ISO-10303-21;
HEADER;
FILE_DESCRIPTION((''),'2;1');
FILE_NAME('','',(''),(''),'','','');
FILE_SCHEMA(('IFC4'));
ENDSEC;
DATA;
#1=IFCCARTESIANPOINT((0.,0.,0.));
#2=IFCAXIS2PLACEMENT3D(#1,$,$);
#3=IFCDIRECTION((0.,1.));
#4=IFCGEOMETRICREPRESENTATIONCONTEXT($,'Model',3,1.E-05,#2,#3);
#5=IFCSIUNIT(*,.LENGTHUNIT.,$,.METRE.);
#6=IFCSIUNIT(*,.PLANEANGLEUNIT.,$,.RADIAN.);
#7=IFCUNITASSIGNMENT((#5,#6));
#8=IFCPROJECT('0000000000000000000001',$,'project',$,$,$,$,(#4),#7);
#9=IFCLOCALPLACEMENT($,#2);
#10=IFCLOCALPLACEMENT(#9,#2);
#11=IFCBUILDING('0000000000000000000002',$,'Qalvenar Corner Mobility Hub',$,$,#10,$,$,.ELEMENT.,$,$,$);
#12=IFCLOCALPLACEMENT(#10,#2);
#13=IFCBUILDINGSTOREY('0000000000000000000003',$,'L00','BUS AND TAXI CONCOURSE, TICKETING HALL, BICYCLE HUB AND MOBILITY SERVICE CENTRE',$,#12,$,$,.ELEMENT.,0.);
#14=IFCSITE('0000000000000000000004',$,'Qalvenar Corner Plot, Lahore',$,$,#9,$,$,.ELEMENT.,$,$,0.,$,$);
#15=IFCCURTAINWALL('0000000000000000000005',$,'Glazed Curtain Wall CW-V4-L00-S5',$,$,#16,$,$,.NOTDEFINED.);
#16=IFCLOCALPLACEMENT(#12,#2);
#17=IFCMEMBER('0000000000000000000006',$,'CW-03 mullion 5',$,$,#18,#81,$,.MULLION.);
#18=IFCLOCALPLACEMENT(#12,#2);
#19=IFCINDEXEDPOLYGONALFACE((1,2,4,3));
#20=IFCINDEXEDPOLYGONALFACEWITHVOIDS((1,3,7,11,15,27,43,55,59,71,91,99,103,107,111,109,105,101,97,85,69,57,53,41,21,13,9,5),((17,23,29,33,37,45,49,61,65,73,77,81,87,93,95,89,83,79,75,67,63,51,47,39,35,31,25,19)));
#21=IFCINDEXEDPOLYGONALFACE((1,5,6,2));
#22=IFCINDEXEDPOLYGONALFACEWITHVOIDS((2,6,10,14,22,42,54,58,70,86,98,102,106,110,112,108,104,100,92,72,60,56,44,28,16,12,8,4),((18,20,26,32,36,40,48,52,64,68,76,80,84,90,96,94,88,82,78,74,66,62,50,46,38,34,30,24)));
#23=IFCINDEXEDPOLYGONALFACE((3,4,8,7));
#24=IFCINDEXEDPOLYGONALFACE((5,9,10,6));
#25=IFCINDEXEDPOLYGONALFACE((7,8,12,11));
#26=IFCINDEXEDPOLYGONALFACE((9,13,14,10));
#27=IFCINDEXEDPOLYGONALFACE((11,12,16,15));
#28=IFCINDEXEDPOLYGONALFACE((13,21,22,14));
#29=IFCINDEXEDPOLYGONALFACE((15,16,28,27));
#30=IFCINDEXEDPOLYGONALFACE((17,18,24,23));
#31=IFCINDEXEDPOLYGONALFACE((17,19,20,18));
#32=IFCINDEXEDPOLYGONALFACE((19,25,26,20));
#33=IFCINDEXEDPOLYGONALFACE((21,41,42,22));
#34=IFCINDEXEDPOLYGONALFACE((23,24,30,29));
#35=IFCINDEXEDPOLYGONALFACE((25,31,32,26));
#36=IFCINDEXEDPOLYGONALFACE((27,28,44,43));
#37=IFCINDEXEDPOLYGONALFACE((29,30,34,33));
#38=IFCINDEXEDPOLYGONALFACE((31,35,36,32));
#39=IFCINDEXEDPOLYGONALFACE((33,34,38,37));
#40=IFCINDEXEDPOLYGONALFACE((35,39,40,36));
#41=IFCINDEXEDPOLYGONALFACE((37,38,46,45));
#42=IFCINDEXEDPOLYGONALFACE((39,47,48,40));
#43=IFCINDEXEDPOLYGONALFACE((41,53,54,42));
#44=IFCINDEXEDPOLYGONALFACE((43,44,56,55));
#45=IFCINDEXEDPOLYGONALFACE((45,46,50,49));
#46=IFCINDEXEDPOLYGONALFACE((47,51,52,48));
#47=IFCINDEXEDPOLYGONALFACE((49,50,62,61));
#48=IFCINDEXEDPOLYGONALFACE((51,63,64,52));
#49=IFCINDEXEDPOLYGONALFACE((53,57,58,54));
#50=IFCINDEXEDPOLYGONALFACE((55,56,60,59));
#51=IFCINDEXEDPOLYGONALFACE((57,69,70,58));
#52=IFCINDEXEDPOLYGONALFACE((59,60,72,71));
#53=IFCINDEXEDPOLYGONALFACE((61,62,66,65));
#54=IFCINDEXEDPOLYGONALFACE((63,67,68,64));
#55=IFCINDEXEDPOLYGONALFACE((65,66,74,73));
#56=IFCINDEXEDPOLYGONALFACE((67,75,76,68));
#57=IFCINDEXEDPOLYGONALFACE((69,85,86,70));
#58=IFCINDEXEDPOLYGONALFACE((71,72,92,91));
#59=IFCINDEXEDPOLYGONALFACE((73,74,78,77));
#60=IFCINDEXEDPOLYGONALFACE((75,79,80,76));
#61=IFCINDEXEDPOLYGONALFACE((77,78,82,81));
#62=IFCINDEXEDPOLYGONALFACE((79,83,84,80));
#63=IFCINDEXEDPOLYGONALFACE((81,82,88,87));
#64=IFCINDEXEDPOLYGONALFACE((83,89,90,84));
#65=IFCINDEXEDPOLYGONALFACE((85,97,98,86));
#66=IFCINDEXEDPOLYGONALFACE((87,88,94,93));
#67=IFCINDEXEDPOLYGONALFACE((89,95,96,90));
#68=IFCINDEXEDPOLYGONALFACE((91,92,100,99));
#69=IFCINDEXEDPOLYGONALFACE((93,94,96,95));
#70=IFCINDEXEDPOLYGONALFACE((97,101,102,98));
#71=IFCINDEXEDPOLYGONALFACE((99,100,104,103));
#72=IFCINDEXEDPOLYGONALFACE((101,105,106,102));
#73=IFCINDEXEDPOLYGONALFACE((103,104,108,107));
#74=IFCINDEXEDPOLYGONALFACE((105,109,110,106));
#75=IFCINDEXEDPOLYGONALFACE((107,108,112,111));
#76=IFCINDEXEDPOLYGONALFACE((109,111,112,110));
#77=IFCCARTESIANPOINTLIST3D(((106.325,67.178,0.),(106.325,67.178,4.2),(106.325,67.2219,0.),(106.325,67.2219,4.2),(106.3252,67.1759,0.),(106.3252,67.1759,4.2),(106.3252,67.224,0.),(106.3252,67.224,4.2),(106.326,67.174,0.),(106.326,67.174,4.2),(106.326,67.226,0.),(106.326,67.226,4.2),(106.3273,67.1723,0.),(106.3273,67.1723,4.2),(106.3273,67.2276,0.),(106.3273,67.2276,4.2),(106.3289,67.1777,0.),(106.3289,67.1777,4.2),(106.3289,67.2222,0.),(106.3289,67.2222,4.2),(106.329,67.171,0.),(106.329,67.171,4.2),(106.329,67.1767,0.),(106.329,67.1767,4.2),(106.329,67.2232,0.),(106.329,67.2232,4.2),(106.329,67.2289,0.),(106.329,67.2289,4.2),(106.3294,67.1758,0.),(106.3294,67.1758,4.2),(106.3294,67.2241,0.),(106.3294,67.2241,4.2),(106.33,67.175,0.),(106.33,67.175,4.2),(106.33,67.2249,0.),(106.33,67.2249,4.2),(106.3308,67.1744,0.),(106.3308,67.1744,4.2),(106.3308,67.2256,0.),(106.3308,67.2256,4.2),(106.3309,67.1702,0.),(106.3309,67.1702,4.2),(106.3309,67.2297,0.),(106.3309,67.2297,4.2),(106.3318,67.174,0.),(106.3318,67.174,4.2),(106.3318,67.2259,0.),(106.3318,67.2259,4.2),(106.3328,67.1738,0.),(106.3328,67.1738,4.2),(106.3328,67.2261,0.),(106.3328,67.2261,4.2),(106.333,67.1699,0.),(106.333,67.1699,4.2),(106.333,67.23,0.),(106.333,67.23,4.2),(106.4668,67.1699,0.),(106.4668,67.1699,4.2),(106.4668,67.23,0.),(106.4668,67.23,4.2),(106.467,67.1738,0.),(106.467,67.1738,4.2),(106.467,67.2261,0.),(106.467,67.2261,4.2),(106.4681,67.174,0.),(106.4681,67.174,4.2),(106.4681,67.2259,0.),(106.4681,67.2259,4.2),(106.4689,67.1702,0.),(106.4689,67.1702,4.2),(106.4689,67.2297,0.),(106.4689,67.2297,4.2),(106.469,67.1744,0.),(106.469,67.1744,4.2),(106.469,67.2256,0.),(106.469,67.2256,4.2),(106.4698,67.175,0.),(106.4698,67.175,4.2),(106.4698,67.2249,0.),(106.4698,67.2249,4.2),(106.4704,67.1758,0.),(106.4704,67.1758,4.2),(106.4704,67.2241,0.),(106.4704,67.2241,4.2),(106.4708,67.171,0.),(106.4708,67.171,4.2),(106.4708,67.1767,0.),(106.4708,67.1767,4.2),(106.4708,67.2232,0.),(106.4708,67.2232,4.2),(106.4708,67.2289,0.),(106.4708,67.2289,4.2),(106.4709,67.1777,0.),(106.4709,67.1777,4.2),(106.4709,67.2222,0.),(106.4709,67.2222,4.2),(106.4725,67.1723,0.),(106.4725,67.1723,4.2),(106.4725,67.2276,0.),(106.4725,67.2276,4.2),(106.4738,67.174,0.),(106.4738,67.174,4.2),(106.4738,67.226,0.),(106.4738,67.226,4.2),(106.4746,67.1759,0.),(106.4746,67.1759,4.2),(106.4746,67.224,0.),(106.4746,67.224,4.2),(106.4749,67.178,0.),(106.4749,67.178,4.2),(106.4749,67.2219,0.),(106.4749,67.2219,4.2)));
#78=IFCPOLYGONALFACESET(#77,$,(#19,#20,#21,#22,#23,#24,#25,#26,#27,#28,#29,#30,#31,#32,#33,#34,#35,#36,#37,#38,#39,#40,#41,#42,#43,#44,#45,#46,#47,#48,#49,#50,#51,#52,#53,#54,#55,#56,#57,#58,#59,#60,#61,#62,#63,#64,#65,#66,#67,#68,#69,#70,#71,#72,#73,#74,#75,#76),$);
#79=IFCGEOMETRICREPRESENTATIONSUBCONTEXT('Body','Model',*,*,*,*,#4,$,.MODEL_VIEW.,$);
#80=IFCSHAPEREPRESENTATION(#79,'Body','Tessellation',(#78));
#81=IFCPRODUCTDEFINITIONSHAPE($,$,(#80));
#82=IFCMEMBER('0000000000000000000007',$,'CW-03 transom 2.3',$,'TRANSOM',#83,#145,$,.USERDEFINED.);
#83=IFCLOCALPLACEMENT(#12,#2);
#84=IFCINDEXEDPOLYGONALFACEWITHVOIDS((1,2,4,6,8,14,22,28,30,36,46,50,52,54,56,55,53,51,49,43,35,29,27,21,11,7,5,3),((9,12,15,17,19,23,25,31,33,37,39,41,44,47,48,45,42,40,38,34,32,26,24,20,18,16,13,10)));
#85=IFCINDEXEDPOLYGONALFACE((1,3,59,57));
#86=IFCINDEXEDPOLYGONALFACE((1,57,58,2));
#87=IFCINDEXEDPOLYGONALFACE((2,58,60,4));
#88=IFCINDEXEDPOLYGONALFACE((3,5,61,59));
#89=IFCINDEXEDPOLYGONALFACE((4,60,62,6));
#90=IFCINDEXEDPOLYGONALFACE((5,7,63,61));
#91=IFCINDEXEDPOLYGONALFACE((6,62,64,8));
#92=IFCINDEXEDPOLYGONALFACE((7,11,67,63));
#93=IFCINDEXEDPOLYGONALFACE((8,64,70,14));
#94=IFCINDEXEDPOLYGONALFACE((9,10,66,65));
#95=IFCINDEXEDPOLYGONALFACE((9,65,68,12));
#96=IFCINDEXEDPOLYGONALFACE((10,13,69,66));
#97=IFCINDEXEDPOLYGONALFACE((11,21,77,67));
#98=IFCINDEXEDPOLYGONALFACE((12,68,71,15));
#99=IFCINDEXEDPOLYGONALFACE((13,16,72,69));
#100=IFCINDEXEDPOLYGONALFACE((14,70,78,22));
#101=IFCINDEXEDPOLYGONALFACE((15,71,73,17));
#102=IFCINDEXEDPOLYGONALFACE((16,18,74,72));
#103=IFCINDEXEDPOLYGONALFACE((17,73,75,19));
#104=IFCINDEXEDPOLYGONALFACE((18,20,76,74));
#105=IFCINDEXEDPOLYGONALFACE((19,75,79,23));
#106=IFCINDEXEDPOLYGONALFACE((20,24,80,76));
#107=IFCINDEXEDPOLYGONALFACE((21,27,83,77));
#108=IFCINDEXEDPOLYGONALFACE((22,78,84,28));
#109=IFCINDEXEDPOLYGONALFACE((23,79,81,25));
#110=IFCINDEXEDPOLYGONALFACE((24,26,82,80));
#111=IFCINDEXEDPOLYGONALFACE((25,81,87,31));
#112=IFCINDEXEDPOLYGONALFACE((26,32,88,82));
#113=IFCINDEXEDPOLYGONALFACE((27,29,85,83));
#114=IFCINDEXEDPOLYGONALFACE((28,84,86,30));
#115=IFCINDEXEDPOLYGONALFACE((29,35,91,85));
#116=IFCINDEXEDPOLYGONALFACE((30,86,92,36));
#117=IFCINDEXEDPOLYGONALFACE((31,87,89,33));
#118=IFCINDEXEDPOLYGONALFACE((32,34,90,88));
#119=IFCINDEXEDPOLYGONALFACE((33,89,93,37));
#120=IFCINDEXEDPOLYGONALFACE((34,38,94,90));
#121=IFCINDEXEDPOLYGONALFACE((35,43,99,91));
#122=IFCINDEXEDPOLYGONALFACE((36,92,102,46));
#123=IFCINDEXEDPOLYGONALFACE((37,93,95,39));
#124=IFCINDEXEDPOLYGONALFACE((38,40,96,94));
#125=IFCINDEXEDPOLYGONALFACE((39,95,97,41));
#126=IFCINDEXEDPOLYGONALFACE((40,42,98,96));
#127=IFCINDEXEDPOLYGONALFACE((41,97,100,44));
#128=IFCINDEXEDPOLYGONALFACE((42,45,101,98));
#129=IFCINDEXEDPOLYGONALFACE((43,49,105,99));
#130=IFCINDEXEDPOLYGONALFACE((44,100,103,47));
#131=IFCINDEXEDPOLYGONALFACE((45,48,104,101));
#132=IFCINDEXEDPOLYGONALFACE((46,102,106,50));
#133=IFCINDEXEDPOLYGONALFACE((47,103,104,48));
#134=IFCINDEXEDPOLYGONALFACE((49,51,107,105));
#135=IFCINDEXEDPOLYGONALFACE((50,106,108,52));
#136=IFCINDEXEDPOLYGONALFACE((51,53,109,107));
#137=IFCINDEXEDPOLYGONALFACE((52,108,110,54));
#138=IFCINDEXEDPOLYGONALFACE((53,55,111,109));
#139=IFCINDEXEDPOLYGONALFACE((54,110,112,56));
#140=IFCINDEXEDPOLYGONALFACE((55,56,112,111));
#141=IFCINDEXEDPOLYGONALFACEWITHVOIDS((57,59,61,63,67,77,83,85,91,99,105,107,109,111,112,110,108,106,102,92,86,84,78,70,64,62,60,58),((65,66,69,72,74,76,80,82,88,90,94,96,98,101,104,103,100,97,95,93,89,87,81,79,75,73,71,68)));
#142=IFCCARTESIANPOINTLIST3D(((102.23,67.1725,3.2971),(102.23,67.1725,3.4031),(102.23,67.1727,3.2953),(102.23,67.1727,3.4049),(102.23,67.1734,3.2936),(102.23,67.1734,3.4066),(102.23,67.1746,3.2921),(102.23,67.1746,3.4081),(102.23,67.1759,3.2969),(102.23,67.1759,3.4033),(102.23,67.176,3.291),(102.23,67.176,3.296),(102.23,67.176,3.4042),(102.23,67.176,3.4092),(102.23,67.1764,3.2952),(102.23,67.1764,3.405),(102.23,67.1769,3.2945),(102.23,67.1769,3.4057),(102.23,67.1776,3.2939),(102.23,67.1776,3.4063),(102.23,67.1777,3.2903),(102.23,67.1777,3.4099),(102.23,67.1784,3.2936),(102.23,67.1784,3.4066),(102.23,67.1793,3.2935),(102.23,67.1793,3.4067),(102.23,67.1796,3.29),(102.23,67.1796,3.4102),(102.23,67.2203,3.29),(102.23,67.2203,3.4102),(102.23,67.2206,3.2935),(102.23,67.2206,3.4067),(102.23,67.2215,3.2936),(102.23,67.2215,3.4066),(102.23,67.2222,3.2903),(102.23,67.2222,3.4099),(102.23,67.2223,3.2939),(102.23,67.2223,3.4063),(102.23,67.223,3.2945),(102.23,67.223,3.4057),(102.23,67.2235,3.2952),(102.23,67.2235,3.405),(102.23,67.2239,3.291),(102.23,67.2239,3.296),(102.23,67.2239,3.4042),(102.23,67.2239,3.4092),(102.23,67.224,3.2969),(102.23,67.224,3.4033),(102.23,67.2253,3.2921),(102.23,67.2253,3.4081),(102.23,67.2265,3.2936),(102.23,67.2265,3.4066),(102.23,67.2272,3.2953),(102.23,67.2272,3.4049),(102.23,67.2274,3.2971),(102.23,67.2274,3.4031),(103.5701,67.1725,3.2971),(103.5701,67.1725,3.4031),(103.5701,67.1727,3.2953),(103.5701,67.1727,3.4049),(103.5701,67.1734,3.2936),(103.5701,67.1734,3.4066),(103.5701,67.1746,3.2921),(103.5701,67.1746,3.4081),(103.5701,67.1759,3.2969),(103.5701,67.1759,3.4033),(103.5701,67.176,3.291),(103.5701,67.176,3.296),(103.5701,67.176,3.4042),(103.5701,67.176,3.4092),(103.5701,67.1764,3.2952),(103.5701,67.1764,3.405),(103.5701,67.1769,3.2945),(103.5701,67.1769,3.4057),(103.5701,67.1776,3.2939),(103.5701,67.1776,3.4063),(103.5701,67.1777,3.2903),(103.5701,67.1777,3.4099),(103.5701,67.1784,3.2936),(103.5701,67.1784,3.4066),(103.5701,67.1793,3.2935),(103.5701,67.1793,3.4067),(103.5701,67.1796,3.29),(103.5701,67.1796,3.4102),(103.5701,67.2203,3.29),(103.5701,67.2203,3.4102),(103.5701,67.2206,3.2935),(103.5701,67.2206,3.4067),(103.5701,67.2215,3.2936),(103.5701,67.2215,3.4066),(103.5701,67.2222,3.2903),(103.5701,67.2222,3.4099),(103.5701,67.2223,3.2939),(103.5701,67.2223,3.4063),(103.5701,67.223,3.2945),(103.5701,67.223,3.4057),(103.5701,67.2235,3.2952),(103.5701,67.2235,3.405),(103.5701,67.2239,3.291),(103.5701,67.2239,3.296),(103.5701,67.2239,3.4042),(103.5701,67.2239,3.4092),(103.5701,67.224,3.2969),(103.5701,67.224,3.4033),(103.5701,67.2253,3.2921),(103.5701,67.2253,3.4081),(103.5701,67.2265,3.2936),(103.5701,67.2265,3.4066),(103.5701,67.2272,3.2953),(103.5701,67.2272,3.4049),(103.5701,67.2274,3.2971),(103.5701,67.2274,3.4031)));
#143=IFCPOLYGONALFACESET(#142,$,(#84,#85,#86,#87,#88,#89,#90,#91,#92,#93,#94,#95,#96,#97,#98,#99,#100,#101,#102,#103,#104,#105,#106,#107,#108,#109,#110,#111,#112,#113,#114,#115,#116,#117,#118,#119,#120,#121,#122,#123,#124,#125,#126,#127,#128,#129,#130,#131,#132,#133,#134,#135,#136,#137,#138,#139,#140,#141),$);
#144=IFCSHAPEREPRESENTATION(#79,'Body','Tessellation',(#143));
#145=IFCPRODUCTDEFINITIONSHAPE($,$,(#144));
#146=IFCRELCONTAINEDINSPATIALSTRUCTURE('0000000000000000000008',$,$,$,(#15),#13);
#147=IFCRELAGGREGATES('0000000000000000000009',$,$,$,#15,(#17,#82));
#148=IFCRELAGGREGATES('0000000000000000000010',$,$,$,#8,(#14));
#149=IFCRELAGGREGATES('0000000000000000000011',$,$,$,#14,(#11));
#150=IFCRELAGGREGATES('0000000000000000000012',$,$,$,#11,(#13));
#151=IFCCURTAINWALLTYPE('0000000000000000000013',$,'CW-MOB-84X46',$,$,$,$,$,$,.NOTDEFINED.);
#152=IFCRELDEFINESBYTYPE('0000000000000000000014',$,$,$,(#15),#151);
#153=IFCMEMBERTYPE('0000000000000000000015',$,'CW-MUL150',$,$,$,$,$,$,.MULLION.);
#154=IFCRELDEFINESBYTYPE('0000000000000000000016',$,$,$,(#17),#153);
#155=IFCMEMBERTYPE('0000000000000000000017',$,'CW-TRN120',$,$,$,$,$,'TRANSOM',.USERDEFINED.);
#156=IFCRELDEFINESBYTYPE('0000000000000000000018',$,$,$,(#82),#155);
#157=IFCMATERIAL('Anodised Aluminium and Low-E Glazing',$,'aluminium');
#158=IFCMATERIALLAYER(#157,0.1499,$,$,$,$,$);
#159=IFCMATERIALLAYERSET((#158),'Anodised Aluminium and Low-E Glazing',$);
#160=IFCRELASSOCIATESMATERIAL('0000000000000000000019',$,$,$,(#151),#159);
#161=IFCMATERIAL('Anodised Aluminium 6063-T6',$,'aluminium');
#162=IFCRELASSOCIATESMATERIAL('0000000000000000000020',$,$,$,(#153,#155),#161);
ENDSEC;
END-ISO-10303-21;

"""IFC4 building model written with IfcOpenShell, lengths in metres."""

from ifc_helpers import new_model, si_unit, direction, frame, origin, origin_2d, place, context, subcontext, project, spatial, hollow_rectangle, extrude, material, layer, layer_set, material_profile, profile_set, type_object, element, aggregate, save


model = new_model("IFC4")

# Units and contexts
model_context = context("Model", 3, precision=1e-05, world=origin(), true_north=direction((0.0, 1.0)))
body_context = subcontext(model_context, "Body", "Model", "MODEL_VIEW")
ifc_project = project(units=[si_unit("LENGTHUNIT", "METRE"), si_unit("PLANEANGLEUNIT", "RADIAN")], contexts=[model_context])

# Site, building, storey
site_placement = place(None, origin())
site = spatial("IfcSite", under=ifc_project, at=site_placement, Name="Qalvenar Corner Plot, Lahore", CompositionType="ELEMENT", RefElevation=0.0)
building_placement = place(site_placement, origin())
building = spatial("IfcBuilding", under=site, at=building_placement, Name="Qalvenar Corner Mobility Hub", CompositionType="ELEMENT")
storey_placement = place(building_placement, origin())
storey = spatial("IfcBuildingStorey", under=building, at=storey_placement, Name="L00", Description="BUS AND TAXI CONCOURSE, TICKETING HALL, BICYCLE HUB AND MOBILITY SERVICE CENTRE", CompositionType="ELEMENT", Elevation=0.0)

# Curtain wall, members
ifc_material_1 = material(Name="Anodised Aluminium and Low-E Glazing", Category="aluminium")
ifc_layer_1 = layer(ifc_material_1, 0.1499)
ifc_layer_set_1 = layer_set([ifc_layer_1], Name="Anodised Aluminium and Low-E Glazing")
curtain_wall_type = type_object("IfcCurtainWallType", Name="CW-MOB-84X46", PredefinedType="NOTDEFINED", material=ifc_layer_set_1)
curtain_wall_placement = place(storey_placement, origin())
curtain_wall = element("IfcCurtainWall", 1, at=curtain_wall_placement, inside=storey, type_object=curtain_wall_type, Name="Glazed Curtain Wall CW-V4-L00-S5", PredefinedType="NOTDEFINED")
ifc_material_2 = material(Name="Anodised Aluminium 6063-T6", Category="aluminium")
ifc_material_profile_1 = material_profile(ifc_material_2, hollow_rectangle(XDim=0.0601, YDim=0.1499, WallThickness=0.0039, InnerFilletRadius=0.0039, OuterFilletRadius=0.0081, at=origin_2d()), Name="RHS150x60x4")
ifc_profile_set_1 = profile_set([ifc_material_profile_1], Name="Anodised Aluminium 6063-T6")
member_type_1 = type_object("IfcMemberType", Name="CW-MUL150", PredefinedType="MULLION", material=ifc_profile_set_1)
member_1_placement = place(storey_placement, frame((106.3999, 67.2, 0.0), z_axis=(0.0, 0.0, 1.0), x_axis=(0.0, 1.0, 0.0)))
member_1 = element("IfcMember", 2, at=member_1_placement, type_object=member_type_1, Name="CW-03 mullion 5", PredefinedType="MULLION", context=body_context, shape_type="SweptSolid", body=[
    extrude(hollow_rectangle(XDim=0.0601, YDim=0.1499, WallThickness=0.0039, InnerFilletRadius=0.0039, OuterFilletRadius=0.0081, at=origin_2d()), origin(), (0.0, 0.0, 1.0), 4.2),
])
ifc_material_profile_2 = material_profile(ifc_material_2, hollow_rectangle(XDim=0.0549, YDim=0.1201, WallThickness=0.0034, InnerFilletRadius=0.0034, OuterFilletRadius=0.0071, at=origin_2d()), Name="RHS120x55x3.5")
ifc_profile_set_2 = profile_set([ifc_material_profile_2], Name="Anodised Aluminium 6063-T6")
member_type_2 = type_object("IfcMemberType", Name="CW-TRN120", ElementType="TRANSOM", PredefinedType="USERDEFINED", material=ifc_profile_set_2)
member_2_placement = place(storey_placement, frame((102.23, 67.2, 3.3501), z_axis=(1.0, 0.0, 0.0), x_axis=(0.0, 1.0, 0.0)))
member_2 = element("IfcMember", 3, at=member_2_placement, type_object=member_type_2, Name="CW-03 transom 2.3", ObjectType="TRANSOM", PredefinedType="USERDEFINED", context=body_context, shape_type="SweptSolid", body=[
    extrude(hollow_rectangle(XDim=0.0549, YDim=0.1201, WallThickness=0.0034, InnerFilletRadius=0.0034, OuterFilletRadius=0.0071, at=origin_2d()), origin(), (0.0, 0.0, 1.0), 1.3401),
])
aggregate(curtain_wall, [member_1, member_2])

save(model, "model.ifc")
